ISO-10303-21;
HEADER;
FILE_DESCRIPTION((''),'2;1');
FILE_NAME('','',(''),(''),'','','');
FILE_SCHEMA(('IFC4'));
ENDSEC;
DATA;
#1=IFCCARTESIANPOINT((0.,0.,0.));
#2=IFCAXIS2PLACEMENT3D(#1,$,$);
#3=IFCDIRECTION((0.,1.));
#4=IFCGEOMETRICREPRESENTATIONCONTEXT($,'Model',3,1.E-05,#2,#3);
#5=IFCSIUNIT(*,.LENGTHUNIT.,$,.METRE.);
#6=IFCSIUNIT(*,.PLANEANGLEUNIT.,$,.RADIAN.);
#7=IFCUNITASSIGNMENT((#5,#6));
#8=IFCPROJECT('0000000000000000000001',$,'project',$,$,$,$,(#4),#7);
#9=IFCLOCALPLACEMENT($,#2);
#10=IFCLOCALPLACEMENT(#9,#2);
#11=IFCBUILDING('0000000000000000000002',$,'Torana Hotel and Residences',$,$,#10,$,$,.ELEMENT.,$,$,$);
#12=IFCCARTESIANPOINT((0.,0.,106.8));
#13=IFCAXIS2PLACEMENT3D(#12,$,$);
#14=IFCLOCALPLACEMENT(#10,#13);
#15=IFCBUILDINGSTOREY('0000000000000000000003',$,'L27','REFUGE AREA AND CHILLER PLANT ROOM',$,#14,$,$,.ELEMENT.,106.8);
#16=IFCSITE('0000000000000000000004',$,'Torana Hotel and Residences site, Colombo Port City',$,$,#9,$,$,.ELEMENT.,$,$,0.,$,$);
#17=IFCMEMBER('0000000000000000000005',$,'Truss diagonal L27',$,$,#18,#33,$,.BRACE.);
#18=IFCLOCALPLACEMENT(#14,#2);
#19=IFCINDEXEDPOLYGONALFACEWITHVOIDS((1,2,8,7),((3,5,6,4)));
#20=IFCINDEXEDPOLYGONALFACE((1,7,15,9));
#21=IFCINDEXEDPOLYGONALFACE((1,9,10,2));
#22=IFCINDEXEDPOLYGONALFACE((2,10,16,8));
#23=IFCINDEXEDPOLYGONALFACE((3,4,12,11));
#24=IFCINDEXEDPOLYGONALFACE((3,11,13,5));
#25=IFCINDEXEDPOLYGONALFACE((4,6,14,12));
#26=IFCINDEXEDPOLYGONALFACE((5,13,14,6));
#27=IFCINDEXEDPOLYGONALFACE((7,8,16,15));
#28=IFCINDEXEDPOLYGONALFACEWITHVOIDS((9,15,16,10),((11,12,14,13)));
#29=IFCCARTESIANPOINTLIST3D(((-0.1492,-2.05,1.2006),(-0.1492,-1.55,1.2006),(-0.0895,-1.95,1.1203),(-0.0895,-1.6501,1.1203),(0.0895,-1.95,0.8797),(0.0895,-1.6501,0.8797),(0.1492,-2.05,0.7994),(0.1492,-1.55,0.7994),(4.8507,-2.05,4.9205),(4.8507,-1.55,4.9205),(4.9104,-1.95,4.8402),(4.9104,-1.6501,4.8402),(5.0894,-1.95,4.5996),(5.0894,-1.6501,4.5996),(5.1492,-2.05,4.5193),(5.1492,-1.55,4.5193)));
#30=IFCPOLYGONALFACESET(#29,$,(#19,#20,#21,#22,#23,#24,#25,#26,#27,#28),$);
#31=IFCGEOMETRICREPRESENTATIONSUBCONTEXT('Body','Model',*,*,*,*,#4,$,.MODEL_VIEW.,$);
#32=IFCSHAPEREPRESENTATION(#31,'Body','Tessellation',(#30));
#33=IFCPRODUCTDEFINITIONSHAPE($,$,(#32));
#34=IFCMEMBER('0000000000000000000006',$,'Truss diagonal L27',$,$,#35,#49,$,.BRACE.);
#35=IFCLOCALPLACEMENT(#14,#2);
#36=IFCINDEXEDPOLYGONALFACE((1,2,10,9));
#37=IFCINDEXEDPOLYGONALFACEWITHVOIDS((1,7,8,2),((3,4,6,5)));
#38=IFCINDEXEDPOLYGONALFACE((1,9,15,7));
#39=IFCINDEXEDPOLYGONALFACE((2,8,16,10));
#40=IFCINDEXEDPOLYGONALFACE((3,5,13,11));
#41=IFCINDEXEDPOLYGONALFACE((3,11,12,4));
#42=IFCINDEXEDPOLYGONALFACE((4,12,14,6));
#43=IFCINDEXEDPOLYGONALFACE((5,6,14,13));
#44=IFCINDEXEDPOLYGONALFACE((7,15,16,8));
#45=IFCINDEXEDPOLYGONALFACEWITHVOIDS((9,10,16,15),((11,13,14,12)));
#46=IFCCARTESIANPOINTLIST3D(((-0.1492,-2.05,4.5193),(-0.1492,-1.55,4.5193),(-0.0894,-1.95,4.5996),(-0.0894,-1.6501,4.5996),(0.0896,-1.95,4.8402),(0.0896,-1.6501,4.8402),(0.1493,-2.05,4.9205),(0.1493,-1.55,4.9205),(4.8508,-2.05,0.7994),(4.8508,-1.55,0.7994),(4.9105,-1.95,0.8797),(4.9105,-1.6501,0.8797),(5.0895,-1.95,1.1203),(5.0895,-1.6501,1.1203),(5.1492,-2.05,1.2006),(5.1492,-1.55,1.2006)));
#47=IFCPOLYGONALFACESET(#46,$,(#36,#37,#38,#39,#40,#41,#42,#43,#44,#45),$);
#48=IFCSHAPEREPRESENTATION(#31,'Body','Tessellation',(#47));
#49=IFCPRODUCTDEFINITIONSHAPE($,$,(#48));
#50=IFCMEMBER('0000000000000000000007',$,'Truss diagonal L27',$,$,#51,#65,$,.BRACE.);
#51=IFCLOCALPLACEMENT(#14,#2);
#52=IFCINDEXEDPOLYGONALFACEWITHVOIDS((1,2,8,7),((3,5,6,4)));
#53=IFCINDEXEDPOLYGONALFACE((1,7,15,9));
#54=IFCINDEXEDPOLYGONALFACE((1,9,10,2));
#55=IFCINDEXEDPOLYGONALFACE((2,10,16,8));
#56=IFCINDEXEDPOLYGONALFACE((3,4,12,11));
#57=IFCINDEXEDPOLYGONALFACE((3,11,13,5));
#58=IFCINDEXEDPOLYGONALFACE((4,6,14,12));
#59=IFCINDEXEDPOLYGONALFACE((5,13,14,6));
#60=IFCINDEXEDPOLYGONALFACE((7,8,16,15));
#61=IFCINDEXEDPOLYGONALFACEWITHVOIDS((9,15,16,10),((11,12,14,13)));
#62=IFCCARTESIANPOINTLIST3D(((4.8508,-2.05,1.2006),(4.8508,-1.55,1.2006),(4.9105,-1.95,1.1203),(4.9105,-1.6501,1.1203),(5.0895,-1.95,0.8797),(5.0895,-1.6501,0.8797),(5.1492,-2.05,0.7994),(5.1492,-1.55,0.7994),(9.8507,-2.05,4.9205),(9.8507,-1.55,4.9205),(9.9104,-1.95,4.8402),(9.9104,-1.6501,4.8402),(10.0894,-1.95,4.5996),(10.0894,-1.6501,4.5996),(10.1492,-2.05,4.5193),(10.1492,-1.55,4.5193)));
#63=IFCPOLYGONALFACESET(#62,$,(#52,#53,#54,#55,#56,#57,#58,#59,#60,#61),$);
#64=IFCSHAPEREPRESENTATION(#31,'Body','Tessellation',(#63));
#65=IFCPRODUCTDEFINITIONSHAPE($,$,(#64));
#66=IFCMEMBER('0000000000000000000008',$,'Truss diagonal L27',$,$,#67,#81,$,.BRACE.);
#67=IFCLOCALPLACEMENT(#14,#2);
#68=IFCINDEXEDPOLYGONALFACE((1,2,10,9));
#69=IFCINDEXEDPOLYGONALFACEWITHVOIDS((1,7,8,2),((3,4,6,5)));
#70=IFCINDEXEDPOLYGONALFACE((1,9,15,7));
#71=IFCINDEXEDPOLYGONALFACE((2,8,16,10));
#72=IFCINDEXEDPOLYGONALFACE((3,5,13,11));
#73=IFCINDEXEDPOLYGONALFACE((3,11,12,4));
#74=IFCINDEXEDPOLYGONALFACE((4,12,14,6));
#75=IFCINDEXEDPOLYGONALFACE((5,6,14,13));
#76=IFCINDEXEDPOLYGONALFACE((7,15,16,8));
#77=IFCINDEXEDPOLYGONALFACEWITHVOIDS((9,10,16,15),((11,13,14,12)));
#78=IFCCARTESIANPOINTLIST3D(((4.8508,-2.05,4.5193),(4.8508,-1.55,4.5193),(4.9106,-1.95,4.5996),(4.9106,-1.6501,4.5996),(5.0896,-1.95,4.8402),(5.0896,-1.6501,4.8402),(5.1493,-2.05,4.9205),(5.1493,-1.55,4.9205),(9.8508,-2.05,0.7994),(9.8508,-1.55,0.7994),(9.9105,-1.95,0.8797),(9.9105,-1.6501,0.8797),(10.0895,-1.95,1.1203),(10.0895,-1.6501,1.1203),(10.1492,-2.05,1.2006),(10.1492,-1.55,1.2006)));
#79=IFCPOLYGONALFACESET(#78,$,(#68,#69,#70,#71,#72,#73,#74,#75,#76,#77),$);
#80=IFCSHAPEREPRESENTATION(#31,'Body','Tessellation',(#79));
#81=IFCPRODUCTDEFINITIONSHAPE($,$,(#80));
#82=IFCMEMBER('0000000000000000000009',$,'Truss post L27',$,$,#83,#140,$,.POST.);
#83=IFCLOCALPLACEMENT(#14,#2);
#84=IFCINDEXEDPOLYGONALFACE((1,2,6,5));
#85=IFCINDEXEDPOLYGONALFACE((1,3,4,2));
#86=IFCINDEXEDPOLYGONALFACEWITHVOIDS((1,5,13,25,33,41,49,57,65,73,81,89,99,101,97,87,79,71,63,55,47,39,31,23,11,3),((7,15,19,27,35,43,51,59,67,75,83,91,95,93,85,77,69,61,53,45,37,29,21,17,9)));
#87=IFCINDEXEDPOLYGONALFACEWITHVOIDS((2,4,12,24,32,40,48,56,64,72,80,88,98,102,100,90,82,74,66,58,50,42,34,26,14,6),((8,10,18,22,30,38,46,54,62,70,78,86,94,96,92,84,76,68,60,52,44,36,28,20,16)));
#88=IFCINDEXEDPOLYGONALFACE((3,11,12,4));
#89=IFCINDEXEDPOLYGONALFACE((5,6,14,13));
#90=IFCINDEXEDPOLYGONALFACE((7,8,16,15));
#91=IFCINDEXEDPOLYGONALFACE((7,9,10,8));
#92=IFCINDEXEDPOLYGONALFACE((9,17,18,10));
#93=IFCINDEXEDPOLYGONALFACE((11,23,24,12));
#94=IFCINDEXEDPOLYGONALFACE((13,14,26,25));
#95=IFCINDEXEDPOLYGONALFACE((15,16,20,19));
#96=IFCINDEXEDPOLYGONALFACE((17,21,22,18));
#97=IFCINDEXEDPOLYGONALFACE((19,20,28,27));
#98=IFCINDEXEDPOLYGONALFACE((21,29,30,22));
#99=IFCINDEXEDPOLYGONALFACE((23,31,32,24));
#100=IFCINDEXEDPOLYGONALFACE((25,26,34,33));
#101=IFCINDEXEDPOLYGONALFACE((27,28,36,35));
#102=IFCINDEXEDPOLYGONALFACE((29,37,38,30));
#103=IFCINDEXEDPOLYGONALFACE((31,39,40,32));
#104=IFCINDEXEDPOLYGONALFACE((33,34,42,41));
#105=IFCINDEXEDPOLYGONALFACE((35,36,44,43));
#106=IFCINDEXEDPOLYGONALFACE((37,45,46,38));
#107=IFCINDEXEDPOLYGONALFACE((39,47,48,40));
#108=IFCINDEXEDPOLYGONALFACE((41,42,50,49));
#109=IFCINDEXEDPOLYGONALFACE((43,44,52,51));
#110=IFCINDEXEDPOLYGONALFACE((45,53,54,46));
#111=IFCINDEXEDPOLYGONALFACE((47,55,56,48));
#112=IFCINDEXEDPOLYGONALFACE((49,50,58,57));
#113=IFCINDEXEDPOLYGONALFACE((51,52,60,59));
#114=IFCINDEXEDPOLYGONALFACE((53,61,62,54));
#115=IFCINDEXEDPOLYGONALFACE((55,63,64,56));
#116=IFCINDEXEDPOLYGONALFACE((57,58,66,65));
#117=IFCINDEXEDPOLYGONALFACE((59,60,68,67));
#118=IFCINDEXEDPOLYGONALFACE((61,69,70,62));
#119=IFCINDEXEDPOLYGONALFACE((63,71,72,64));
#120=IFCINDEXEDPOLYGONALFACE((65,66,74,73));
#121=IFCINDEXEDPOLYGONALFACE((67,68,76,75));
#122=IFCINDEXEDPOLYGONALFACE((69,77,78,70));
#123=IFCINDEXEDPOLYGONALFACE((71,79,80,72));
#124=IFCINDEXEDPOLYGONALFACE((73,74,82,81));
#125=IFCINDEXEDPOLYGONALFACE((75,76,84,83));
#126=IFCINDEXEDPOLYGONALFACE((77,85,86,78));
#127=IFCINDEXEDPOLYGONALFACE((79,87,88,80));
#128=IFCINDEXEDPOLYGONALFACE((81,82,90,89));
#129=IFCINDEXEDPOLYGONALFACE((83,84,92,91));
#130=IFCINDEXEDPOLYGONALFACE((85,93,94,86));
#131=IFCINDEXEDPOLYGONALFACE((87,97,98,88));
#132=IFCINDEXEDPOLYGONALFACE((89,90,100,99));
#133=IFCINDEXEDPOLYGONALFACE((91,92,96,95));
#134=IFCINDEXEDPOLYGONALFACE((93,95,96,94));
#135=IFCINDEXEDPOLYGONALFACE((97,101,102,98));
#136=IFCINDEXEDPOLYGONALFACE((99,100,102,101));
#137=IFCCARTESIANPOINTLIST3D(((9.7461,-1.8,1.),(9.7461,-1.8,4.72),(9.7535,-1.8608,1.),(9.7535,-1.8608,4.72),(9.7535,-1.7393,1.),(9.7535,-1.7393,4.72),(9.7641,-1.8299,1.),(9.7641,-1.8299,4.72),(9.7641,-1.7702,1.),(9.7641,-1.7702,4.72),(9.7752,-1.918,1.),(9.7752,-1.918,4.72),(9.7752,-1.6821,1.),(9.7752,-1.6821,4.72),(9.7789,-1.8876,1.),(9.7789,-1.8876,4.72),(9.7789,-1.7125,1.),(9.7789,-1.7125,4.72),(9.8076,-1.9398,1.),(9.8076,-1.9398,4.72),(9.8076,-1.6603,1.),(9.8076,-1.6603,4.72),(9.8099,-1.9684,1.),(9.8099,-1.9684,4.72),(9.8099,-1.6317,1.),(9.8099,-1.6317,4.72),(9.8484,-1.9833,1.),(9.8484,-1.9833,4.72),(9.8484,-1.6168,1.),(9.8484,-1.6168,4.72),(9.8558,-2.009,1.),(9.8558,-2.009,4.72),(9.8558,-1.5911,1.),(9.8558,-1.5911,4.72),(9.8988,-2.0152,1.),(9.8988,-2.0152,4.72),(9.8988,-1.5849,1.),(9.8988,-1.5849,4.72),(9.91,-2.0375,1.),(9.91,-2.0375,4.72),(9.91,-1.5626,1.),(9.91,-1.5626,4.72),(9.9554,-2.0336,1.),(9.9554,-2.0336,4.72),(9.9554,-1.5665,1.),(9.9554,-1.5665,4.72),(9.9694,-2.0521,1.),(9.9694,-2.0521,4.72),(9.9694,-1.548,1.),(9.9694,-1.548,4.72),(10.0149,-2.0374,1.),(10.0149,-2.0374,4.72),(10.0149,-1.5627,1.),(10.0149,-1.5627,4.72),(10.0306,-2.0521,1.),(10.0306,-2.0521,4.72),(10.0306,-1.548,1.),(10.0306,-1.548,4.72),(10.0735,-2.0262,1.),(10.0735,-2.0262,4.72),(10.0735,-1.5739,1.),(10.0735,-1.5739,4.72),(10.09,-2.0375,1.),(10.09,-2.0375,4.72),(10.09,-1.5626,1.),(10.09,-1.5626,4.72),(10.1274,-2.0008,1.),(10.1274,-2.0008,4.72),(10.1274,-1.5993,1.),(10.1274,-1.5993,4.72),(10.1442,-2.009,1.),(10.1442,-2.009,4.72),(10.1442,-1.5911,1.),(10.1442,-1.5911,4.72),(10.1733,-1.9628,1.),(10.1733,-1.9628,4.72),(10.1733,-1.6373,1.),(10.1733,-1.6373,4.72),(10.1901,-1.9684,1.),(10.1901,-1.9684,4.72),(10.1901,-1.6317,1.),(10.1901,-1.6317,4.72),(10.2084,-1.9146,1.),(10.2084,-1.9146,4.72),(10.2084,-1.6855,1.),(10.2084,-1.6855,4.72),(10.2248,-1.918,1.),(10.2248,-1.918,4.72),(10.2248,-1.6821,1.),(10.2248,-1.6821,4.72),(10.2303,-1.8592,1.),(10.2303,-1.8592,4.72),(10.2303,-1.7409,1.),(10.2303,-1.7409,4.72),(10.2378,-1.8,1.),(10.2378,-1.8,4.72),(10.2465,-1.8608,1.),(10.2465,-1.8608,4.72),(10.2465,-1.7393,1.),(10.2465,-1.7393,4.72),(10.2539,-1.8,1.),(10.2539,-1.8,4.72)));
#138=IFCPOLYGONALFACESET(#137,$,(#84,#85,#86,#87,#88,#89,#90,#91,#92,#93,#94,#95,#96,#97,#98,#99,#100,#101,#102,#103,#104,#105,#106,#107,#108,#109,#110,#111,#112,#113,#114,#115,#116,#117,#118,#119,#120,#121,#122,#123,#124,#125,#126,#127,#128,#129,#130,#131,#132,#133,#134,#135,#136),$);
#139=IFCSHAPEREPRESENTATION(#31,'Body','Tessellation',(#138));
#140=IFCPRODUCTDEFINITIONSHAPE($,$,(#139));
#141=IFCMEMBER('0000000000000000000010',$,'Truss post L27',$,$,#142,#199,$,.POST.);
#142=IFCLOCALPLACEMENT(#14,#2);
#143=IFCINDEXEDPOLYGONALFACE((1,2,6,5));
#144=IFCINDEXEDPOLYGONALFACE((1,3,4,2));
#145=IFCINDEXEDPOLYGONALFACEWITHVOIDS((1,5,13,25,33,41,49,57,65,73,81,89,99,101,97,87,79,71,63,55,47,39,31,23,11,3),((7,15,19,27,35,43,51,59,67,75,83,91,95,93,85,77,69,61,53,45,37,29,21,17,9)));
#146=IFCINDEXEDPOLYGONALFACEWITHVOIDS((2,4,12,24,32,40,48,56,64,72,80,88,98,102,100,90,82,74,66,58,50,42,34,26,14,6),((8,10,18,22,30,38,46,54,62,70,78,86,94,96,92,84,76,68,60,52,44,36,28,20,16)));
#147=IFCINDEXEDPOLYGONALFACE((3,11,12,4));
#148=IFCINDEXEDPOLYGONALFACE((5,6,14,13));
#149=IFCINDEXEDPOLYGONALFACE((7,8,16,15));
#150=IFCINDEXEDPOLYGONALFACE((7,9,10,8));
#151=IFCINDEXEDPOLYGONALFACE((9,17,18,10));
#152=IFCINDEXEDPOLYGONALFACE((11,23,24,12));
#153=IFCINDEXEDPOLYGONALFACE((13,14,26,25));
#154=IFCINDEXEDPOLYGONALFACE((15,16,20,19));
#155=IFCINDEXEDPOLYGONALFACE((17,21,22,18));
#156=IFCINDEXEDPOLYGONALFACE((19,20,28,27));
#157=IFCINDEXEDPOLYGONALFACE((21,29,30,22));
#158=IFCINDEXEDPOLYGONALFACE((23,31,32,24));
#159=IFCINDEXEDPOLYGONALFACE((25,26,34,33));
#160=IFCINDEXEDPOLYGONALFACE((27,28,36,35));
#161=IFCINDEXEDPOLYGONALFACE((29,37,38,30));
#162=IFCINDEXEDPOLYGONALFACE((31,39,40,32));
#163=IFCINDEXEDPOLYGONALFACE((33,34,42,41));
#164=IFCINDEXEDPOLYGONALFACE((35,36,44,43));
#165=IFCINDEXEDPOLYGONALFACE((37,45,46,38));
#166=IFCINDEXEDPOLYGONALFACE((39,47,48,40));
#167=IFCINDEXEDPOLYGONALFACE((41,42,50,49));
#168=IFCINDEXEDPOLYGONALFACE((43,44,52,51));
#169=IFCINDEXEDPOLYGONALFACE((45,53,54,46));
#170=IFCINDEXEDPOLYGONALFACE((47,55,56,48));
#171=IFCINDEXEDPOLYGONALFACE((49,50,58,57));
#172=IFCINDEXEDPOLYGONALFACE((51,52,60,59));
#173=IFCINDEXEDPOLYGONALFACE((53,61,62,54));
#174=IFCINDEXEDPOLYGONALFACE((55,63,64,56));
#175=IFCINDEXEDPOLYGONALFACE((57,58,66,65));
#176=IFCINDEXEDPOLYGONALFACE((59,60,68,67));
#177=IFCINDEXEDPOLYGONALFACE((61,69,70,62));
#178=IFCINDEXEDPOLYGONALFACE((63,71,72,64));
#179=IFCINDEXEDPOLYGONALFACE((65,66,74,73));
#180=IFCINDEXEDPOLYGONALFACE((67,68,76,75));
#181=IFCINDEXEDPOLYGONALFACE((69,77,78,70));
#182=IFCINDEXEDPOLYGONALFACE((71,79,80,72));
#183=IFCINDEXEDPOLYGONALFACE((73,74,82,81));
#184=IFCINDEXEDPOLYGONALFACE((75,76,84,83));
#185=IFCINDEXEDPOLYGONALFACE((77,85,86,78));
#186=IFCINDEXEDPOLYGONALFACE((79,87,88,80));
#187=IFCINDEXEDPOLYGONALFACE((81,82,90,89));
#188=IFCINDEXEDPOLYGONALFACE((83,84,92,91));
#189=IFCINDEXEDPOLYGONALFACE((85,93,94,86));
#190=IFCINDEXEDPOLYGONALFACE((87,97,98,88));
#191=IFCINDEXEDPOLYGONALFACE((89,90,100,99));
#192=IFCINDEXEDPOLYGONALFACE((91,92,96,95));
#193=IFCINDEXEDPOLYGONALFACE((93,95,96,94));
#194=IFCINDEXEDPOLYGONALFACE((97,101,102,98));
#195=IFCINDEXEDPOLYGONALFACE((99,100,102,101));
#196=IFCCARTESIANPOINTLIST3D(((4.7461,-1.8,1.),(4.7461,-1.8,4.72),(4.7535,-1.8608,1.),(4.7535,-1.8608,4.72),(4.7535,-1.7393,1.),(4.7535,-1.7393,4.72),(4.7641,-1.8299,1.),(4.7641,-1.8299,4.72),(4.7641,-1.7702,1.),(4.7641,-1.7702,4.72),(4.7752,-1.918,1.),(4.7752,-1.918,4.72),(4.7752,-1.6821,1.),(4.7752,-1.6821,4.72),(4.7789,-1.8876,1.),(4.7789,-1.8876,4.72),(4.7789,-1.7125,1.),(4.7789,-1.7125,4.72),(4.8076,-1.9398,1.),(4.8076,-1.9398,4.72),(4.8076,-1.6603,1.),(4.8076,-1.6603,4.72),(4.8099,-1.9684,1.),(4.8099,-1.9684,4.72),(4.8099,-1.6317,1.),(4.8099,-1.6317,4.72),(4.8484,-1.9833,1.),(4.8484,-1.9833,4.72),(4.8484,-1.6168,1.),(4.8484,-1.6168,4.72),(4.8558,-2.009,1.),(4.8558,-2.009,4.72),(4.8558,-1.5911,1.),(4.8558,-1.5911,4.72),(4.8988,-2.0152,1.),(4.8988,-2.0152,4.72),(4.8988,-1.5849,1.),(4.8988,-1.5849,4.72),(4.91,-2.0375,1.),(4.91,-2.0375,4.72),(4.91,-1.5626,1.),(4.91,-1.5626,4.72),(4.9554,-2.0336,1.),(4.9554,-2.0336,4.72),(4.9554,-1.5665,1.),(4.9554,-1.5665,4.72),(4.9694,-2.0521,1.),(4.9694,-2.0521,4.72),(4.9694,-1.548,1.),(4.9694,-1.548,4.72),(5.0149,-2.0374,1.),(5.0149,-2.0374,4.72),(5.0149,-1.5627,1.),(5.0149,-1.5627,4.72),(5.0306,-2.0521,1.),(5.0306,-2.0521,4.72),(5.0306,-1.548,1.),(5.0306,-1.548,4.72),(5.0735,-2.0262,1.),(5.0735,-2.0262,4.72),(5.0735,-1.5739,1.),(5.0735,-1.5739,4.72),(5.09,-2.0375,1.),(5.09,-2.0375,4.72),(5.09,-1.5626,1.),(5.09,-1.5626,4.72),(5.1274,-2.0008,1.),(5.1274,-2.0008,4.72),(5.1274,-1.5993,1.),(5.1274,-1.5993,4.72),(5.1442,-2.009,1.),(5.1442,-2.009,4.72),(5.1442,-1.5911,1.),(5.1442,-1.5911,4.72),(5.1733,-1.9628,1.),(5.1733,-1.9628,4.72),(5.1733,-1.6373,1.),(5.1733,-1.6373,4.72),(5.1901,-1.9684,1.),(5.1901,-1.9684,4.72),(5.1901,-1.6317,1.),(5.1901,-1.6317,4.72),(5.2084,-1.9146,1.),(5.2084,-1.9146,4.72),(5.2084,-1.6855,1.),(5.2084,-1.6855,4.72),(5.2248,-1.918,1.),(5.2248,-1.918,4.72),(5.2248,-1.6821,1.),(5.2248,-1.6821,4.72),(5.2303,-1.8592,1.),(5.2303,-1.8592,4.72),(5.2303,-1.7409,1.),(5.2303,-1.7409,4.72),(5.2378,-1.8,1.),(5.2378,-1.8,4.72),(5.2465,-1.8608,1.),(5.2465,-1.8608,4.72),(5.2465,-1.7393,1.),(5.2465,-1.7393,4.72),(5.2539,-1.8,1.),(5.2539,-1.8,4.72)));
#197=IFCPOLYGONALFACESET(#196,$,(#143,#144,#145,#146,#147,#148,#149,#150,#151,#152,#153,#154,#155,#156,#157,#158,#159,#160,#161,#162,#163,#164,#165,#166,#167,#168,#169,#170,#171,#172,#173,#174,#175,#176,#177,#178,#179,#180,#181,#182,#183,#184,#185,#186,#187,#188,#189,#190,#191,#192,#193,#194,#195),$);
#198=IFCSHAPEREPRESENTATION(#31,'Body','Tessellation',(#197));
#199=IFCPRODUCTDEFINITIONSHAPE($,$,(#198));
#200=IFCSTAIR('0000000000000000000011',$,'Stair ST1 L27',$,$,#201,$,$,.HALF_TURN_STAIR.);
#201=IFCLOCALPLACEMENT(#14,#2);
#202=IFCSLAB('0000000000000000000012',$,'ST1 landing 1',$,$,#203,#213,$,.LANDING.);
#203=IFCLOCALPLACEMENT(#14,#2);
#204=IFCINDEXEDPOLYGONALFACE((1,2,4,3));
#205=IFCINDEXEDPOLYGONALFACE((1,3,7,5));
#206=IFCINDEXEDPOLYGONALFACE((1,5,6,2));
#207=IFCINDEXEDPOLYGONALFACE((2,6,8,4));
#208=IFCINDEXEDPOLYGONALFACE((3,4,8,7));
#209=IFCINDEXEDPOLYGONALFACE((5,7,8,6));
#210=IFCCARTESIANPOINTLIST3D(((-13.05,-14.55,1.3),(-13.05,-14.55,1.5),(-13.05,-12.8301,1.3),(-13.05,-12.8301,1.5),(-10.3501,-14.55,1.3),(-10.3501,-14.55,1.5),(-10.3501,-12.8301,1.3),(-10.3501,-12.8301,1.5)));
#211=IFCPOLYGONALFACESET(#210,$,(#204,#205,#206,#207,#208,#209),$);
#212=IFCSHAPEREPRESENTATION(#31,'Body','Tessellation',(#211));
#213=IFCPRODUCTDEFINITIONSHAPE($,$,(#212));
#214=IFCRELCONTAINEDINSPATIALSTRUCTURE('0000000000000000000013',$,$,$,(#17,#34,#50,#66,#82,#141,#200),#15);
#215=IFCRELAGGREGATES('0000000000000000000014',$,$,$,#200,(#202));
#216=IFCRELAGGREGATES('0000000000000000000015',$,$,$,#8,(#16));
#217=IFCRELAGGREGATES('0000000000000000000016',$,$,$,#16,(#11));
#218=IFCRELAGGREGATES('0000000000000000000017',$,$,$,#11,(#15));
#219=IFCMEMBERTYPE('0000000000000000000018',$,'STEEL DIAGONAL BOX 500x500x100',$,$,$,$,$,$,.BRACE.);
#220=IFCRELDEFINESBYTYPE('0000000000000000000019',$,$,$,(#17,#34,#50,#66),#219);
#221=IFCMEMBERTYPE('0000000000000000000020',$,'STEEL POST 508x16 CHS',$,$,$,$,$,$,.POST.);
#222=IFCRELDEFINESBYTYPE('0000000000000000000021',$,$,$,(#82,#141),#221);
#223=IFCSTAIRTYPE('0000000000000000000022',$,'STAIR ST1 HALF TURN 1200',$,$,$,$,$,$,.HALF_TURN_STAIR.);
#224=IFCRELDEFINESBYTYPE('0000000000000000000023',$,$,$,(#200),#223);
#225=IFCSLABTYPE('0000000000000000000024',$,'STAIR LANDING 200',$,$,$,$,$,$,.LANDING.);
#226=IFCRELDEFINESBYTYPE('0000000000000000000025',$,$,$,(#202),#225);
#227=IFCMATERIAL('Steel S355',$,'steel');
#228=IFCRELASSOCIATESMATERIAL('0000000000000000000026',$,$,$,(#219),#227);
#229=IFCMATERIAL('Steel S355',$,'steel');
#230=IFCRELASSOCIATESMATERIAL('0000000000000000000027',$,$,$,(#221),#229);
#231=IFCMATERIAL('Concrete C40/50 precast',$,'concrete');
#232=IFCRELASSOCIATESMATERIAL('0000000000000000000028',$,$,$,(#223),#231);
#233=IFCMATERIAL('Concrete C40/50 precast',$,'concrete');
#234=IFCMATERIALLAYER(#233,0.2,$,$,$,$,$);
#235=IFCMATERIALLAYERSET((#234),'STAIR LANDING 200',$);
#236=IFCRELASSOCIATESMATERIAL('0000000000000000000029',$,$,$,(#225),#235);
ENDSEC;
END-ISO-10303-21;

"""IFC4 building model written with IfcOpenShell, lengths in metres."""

from ifc_helpers import new_model, si_unit, direction, frame, origin, origin_2d, place, context, subcontext, project, spatial, polyline, hollow_rectangle, hollow_circle, outline, extrude, material, layer, layer_set, material_profile, profile_set, type_object, element, aggregate, save


model = new_model("IFC4")

# Units and contexts
model_context = context("Model", 3, precision=1e-05, world=origin(), true_north=direction((0.0, 1.0)))
body_context = subcontext(model_context, "Body", "Model", "MODEL_VIEW")
ifc_project = project(units=[si_unit("LENGTHUNIT", "METRE"), si_unit("PLANEANGLEUNIT", "RADIAN")], contexts=[model_context])

# Site, building, storey
site_placement = place(None, origin())
site = spatial("IfcSite", under=ifc_project, at=site_placement, Name="Torana Hotel and Residences site, Colombo Port City", CompositionType="ELEMENT", RefElevation=0.0)
building_placement = place(site_placement, origin())
building = spatial("IfcBuilding", under=site, at=building_placement, Name="Torana Hotel and Residences", CompositionType="ELEMENT")
storey_placement = place(building_placement, frame((0.0, 0.0, 106.8)))
storey = spatial("IfcBuildingStorey", under=building, at=storey_placement, Name="L27", Description="REFUGE AREA AND CHILLER PLANT ROOM", CompositionType="ELEMENT", Elevation=106.8)

# Members
ifc_material_1 = material(Name="Steel S355", Category="steel")
ifc_material_profile_1 = material_profile(ifc_material_1, hollow_rectangle(XDim=0.5, YDim=0.5, WallThickness=0.1001, at=origin_2d()), Name="BOX 500x500x100")
ifc_profile_set_1 = profile_set([ifc_material_profile_1], Name="Steel S355")
member_type_1 = type_object("IfcMemberType", Name="STEEL DIAGONAL BOX 500x500x100", PredefinedType="BRACE", material=ifc_profile_set_1)
for number, where, z_axis, x_axis, name in (
    (1, (0.0, -1.8, 1.0), (0.802307, 0.0, 0.596912), (0.0, 1.0, 0.0), "Truss diagonal L27"),
    (2, (5.0, -1.8, 1.0), (-0.802307, 0.0, 0.596912), (0.0, -1.0, 0.0), "Truss diagonal L27"),
    (3, (5.0, -1.8, 1.0), (0.802307, 0.0, 0.596912), (0.0, 1.0, 0.0), "Truss diagonal L27"),
    (4, (10.0, -1.8, 1.0), (-0.802307, 0.0, 0.596912), (0.0, -1.0, 0.0), "Truss diagonal L27"),
):
    element("IfcMember", number, at=place(storey_placement, frame(where, z_axis=z_axis, x_axis=x_axis)), inside=storey, type_object=member_type_1, Name=name, PredefinedType="BRACE", context=body_context, shape_type="SweptSolid", body=[
        extrude(hollow_rectangle(XDim=0.5, YDim=0.5, WallThickness=0.1001, at=origin_2d()), origin(), (0.0, 0.0, 1.0), 6.2319),
    ])
ifc_material_2 = material(Name="Steel S355", Category="steel")
ifc_material_profile_2 = material_profile(ifc_material_2, hollow_circle(Radius=0.2539, WallThickness=0.0161, at=origin_2d()), Name="508x16 CHS")
ifc_profile_set_2 = profile_set([ifc_material_profile_2], Name="Steel S355")
member_type_2 = type_object("IfcMemberType", Name="STEEL POST 508x16 CHS", PredefinedType="POST", material=ifc_profile_set_2)
for number, where, z_axis, x_axis, name in (
    (5, (10.0, -1.8, 1.0), (0.0, 0.0, 1.0), (1.0, 0.0, 0.0), "Truss post L27"),
    (6, (5.0, -1.8, 1.0), (0.0, 0.0, 1.0), (1.0, 0.0, 0.0), "Truss post L27"),
):
    element("IfcMember", number, at=place(storey_placement, frame(where, z_axis=z_axis, x_axis=x_axis)), inside=storey, type_object=member_type_2, Name=name, PredefinedType="POST", context=body_context, shape_type="SweptSolid", body=[
        extrude(hollow_circle(Radius=0.2539, WallThickness=0.0161, at=origin_2d()), origin(), (0.0, 0.0, 1.0), 3.72),
    ])

# Stair, slab
ifc_material_3 = material(Name="Concrete C40/50 precast", Category="concrete")
stair_type_1 = type_object("IfcStairType", Name="STAIR ST1 HALF TURN 1200", PredefinedType="HALF_TURN_STAIR", material=ifc_material_3)
stair_1_placement = place(storey_placement, origin())
stair_1 = element("IfcStair", 7, at=stair_1_placement, inside=storey, type_object=stair_type_1, Name="Stair ST1 L27", PredefinedType="HALF_TURN_STAIR")
ifc_material_4 = material(Name="Concrete C40/50 precast", Category="concrete")
ifc_layer_1 = layer(ifc_material_4, 0.2)
ifc_layer_set_1 = layer_set([ifc_layer_1], Name="STAIR LANDING 200")
slab_type_1 = type_object("IfcSlabType", Name="STAIR LANDING 200", PredefinedType="LANDING", material=ifc_layer_set_1)
slab_1_placement = place(storey_placement, frame((0.0, 0.0, 1.3)))
slab_1 = element("IfcSlab", 8, at=slab_1_placement, type_object=slab_type_1, Name="ST1 landing 1", PredefinedType="LANDING", context=body_context, shape_type="SweptSolid", body=[
    extrude(outline(polyline([(-13.05, -14.55), (-10.3501, -14.55), (-10.3501, -12.8301), (-13.05, -12.8301), (-13.05, -14.55)])), origin(), (0.0, 0.0, 1.0), 0.2),
])
aggregate(stair_1, [slab_1])

save(model, "model.ifc")
